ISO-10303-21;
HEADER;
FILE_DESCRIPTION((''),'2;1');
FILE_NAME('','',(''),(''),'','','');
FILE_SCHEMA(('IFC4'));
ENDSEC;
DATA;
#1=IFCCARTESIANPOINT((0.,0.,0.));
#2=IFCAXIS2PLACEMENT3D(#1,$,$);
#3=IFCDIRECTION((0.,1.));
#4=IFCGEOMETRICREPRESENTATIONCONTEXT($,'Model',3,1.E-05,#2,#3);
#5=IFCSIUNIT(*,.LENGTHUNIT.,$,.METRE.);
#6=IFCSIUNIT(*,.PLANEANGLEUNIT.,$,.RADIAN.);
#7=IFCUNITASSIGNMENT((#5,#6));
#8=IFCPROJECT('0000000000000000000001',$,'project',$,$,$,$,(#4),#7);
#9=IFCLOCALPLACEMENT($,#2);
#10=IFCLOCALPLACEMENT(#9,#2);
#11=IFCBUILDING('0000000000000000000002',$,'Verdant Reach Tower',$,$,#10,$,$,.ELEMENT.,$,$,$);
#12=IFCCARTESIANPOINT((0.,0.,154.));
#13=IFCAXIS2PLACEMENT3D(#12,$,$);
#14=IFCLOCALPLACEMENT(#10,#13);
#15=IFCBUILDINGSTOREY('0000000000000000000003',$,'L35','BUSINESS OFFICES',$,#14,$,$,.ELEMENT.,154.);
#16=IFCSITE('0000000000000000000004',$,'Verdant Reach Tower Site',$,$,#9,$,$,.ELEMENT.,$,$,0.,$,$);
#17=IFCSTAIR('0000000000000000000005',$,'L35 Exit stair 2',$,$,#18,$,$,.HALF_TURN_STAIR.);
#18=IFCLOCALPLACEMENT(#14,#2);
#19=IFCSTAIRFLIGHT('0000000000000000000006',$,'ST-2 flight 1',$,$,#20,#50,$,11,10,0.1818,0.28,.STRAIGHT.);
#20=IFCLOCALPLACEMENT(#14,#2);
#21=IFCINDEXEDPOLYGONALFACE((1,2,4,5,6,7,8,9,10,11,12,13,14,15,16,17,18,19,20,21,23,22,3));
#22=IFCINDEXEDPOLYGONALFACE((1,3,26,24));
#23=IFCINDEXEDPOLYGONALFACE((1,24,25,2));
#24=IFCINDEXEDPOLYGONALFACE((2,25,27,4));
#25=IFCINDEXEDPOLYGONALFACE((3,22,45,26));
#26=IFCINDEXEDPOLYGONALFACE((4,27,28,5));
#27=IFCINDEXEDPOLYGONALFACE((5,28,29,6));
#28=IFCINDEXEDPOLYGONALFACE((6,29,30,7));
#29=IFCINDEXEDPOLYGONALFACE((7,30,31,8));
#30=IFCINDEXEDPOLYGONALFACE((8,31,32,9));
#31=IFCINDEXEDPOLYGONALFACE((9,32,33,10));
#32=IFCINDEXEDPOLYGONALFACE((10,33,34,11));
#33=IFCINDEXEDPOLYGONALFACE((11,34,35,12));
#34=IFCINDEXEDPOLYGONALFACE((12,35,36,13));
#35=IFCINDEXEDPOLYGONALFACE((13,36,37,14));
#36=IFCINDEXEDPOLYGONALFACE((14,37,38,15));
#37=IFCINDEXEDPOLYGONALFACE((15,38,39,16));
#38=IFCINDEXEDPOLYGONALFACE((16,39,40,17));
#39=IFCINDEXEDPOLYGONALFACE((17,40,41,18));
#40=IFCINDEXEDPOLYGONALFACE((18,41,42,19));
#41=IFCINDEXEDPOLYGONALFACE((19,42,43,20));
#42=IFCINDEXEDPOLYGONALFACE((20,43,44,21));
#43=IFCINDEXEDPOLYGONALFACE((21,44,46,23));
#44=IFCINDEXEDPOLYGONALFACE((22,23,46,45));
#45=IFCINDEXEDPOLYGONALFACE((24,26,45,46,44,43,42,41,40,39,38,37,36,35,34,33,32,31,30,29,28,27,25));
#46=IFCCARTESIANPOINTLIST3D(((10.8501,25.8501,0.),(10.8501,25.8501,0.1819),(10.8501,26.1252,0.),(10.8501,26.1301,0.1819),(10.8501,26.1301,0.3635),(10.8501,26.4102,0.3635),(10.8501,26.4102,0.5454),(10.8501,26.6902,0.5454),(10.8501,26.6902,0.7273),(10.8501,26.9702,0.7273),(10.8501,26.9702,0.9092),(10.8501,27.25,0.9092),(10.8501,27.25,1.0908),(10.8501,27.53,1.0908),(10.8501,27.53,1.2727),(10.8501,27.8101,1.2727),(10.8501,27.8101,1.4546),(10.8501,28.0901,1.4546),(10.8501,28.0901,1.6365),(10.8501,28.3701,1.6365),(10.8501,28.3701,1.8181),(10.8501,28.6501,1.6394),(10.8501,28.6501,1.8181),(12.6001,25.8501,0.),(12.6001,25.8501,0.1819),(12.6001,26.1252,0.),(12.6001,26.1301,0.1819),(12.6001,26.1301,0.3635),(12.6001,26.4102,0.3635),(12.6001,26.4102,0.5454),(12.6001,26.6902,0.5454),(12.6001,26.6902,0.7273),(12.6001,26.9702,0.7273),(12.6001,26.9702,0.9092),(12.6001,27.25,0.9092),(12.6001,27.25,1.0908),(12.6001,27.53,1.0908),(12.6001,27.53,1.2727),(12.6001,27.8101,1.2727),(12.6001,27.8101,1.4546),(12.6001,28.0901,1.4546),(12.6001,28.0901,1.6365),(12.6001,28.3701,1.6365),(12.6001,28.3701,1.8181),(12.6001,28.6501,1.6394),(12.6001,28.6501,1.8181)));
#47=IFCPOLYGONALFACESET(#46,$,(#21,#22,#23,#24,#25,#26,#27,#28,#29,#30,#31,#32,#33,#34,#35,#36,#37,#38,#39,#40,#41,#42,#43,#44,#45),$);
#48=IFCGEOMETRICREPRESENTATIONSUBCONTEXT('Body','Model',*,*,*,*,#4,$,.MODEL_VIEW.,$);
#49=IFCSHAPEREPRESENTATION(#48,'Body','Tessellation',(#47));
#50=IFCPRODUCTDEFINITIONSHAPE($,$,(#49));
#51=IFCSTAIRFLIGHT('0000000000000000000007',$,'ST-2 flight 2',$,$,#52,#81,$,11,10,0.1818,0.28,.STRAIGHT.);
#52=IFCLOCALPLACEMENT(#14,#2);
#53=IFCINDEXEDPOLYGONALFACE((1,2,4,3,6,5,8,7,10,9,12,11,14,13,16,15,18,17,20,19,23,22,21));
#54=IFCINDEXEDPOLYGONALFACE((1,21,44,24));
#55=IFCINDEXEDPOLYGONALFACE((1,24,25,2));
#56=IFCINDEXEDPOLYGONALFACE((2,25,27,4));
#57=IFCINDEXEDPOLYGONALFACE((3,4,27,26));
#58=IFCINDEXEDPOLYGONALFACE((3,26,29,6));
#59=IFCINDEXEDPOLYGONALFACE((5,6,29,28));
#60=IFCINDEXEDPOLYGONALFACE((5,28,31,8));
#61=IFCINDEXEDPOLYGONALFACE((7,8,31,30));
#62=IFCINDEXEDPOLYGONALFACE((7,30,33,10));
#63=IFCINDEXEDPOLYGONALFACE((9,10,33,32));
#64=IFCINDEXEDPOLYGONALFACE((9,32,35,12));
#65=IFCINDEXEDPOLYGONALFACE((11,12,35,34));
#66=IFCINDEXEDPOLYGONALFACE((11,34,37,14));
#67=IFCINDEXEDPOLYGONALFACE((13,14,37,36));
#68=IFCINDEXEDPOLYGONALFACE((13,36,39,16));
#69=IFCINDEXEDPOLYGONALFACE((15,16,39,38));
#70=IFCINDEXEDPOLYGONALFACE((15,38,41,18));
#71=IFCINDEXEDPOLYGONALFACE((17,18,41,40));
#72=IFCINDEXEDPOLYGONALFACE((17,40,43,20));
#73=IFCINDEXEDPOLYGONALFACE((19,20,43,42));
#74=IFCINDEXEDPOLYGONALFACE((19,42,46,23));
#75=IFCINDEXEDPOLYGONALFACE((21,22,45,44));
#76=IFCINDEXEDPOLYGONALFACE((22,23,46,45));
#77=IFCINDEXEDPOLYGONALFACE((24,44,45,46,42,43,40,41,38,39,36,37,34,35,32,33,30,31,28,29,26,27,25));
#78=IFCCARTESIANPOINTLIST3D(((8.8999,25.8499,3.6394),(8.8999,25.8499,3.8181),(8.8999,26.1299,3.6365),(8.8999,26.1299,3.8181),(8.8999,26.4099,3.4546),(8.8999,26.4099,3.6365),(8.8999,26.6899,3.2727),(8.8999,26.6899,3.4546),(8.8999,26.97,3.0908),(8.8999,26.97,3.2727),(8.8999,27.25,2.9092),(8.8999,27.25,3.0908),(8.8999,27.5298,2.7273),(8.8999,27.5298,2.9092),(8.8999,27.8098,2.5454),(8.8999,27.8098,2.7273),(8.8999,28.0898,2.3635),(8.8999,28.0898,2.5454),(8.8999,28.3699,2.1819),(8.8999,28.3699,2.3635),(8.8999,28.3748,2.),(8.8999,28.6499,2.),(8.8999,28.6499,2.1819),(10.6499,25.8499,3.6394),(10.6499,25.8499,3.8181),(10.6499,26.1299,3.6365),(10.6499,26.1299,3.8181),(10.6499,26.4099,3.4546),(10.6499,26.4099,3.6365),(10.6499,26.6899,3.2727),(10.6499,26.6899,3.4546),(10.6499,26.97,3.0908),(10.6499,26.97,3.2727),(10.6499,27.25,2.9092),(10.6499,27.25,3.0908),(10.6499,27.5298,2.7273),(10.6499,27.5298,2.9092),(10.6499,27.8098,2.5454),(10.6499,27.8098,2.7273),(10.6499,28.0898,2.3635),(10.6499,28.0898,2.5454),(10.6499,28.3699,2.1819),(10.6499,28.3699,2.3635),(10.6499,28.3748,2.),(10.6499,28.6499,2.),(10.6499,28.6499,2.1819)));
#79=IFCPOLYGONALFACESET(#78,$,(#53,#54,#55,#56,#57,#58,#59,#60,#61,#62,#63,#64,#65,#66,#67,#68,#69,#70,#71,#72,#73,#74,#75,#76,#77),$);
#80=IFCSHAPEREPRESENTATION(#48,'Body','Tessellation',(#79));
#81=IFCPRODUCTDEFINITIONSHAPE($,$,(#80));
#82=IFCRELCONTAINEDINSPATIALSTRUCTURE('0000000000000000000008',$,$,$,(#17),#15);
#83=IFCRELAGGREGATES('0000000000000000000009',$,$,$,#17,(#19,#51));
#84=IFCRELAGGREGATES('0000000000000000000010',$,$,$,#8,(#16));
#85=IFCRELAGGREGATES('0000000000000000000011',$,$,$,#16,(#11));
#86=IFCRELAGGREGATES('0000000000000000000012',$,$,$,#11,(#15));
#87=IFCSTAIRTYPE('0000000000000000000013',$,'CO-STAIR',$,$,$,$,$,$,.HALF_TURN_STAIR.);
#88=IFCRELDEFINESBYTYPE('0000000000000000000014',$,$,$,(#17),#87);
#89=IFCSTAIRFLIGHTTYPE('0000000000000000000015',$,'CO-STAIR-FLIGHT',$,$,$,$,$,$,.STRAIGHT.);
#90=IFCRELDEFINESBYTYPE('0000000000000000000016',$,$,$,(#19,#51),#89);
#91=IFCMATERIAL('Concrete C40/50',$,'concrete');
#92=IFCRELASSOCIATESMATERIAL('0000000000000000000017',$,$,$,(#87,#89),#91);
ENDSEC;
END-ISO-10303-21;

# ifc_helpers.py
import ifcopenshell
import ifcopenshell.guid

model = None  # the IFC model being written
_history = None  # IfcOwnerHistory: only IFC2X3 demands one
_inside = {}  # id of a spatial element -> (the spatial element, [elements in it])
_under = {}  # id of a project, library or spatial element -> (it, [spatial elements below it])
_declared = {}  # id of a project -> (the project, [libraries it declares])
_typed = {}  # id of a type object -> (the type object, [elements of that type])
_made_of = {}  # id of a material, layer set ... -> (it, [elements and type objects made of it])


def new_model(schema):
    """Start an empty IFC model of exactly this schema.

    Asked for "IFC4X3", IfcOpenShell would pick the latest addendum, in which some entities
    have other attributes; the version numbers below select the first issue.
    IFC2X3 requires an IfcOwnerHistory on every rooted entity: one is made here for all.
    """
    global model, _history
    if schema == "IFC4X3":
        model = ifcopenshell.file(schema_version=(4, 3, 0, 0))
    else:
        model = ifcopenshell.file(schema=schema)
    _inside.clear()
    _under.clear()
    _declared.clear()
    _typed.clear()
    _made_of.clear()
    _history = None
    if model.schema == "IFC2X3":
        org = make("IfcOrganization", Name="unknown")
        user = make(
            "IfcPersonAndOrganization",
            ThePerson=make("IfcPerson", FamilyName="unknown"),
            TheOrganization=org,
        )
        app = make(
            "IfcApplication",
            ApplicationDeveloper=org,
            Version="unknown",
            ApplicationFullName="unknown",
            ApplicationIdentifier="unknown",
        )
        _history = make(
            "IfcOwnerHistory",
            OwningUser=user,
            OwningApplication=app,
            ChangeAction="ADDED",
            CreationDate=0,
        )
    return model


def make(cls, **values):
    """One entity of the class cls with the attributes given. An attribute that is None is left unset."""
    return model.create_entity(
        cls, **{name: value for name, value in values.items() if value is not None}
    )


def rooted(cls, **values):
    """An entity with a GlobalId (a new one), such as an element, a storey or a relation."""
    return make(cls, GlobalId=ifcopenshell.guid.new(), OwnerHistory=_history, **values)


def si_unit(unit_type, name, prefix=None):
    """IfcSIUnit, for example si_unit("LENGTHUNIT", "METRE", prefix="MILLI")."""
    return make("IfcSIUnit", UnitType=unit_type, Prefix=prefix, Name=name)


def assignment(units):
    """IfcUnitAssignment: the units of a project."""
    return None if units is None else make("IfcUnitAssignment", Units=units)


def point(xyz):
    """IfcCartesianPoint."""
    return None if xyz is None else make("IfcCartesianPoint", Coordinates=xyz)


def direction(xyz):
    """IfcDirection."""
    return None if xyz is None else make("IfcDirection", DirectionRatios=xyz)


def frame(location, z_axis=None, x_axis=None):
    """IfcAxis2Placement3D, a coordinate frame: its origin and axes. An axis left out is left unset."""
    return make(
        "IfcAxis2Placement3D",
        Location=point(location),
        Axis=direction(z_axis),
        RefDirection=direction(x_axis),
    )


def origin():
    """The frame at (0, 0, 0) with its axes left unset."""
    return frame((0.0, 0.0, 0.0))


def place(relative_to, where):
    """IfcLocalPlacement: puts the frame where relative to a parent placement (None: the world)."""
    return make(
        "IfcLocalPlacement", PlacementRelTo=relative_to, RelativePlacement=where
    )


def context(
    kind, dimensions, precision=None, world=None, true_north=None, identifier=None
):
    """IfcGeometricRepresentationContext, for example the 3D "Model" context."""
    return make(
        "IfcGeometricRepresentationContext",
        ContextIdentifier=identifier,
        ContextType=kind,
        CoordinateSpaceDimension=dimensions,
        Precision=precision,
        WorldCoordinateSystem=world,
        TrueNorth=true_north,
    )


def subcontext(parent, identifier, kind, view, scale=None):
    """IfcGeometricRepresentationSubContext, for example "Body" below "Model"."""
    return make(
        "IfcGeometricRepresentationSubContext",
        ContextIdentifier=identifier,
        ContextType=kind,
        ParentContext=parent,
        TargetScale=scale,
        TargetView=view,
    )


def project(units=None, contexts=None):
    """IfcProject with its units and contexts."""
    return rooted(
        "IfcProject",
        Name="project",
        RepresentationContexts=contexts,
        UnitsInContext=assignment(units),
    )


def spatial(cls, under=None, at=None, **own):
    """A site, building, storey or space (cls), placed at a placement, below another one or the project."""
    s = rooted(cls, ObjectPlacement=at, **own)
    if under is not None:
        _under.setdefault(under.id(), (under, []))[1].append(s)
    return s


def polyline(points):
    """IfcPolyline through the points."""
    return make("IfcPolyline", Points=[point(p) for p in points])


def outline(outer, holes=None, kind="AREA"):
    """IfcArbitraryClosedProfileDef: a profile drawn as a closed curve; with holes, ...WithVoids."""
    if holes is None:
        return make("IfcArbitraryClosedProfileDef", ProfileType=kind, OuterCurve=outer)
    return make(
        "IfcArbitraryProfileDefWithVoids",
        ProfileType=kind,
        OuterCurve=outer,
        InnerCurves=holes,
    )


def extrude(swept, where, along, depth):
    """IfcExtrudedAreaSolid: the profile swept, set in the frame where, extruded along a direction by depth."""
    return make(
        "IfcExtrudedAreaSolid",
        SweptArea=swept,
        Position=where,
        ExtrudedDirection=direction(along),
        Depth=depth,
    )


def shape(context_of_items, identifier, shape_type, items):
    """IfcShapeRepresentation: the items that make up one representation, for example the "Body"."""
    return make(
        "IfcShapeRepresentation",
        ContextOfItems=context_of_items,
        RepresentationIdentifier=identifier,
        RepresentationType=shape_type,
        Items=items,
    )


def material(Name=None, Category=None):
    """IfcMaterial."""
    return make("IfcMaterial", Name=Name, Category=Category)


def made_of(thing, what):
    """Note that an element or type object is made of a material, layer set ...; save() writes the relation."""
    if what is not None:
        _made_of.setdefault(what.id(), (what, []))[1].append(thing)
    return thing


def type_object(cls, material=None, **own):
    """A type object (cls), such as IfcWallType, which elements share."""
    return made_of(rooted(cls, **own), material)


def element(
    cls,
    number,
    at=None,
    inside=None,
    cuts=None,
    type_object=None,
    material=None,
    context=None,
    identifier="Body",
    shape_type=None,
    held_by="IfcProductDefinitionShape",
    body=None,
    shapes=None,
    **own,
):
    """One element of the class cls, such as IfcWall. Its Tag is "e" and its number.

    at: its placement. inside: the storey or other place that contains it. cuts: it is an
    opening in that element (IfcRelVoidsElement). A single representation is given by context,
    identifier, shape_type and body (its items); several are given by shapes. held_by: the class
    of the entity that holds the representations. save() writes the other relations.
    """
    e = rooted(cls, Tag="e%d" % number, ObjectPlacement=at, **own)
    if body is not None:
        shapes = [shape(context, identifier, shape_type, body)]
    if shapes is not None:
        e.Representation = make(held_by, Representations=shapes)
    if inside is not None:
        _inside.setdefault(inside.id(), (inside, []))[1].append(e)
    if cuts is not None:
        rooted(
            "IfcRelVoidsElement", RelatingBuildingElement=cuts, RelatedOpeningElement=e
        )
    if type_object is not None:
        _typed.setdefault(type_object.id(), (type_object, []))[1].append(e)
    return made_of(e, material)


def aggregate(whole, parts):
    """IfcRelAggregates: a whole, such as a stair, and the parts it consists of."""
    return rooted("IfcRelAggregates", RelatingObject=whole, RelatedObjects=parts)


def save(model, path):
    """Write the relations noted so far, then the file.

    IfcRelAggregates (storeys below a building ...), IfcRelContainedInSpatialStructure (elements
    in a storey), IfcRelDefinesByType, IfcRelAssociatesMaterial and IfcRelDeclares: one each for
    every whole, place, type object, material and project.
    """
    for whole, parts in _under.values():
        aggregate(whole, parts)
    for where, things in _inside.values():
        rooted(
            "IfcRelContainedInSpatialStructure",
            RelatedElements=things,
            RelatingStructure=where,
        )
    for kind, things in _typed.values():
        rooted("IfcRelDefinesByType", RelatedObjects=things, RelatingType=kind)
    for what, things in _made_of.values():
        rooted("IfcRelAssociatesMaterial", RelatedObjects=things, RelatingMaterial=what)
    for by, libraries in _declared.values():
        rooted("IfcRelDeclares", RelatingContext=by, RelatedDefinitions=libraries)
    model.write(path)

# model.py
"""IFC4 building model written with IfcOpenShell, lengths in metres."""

from ifc_helpers import new_model, si_unit, direction, frame, origin, place, context, subcontext, project, spatial, polyline, outline, extrude, material, type_object, element, aggregate, save


model = new_model("IFC4")

# Units and contexts
model_context = context("Model", 3, precision=1e-05, world=origin(), true_north=direction((0.0, 1.0)))
body_context = subcontext(model_context, "Body", "Model", "MODEL_VIEW")
ifc_project = project(units=[si_unit("LENGTHUNIT", "METRE"), si_unit("PLANEANGLEUNIT", "RADIAN")], contexts=[model_context])

# Site, building, storey
site_placement = place(None, origin())
site = spatial("IfcSite", under=ifc_project, at=site_placement, Name="Verdant Reach Tower Site", CompositionType="ELEMENT", RefElevation=0.0)
building_placement = place(site_placement, origin())
building = spatial("IfcBuilding", under=site, at=building_placement, Name="Verdant Reach Tower", CompositionType="ELEMENT")
storey_placement = place(building_placement, frame((0.0, 0.0, 154.0)))
storey = spatial("IfcBuildingStorey", under=building, at=storey_placement, Name="L35", Description="BUSINESS OFFICES", CompositionType="ELEMENT", Elevation=154.0)

# Shared definitions
ifc_material_1 = material(Name="Concrete C40/50", Category="concrete")

# Stair, stair flights
stair_type = type_object("IfcStairType", Name="CO-STAIR", PredefinedType="HALF_TURN_STAIR", material=ifc_material_1)
stair_placement = place(storey_placement, origin())
stair = element("IfcStair", 1, at=stair_placement, inside=storey, type_object=stair_type, Name="L35 Exit stair 2", PredefinedType="HALF_TURN_STAIR")
stair_flight_type = type_object("IfcStairFlightType", Name="CO-STAIR-FLIGHT", PredefinedType="STRAIGHT", material=ifc_material_1)
stair_flight_1_placement = place(storey_placement, frame((11.7251, 25.8501, 0.0), z_axis=(0.0, 0.0, 1.0), x_axis=(0.0, 1.0, 0.0)))
stair_flight_1 = element("IfcStairFlight", 2, at=stair_flight_1_placement, type_object=stair_flight_type, Name="ST-2 flight 1", NumberOfRisers=11, NumberOfTreads=10, PredefinedType="STRAIGHT", RiserHeight=0.1818, TreadLength=0.28, context=body_context, shape_type="SweptSolid", body=[
    extrude(outline(polyline([(0.0, 0.0), (0.0, 0.1819), (0.28, 0.1819), (0.28, 0.3635), (0.5601, 0.3635), (0.5601, 0.5454), (0.8401, 0.5454), (0.8401, 0.7273), (1.1201, 0.7273), (1.1201, 0.9092), (1.3999, 0.9092), (1.3999, 1.0908), (1.6799, 1.0908), (1.6799, 1.2727), (1.96, 1.2727), (1.96, 1.4546), (2.24, 1.4546), (2.24, 1.6365), (2.52, 1.6365), (2.52, 1.8181), (2.8, 1.8181), (2.8, 2.0), (2.8, 1.6394), (0.2751, 0.0), (0.0, 0.0)])), frame((0.0, 0.875, 0.0), z_axis=(0.0, -1.0, 0.0), x_axis=(1.0, 0.0, 0.0)), (0.0, 0.0, 1.0), 1.75),
])
stair_flight_2_placement = place(storey_placement, frame((9.7749, 28.6499, 2.0), z_axis=(0.0, 0.0, 1.0), x_axis=(0.0, -1.0, 0.0)))
stair_flight_2 = element("IfcStairFlight", 3, at=stair_flight_2_placement, type_object=stair_flight_type, Name="ST-2 flight 2", NumberOfRisers=11, NumberOfTreads=10, PredefinedType="STRAIGHT", RiserHeight=0.1818, TreadLength=0.28, context=body_context, shape_type="SweptSolid", body=[
    extrude(outline(polyline([(0.0, 0.0), (0.0, 0.1819), (0.28, 0.1819), (0.28, 0.3635), (0.5601, 0.3635), (0.5601, 0.5454), (0.8401, 0.5454), (0.8401, 0.7273), (1.1201, 0.7273), (1.1201, 0.9092), (1.3999, 0.9092), (1.3999, 1.0908), (1.6799, 1.0908), (1.6799, 1.2727), (1.96, 1.2727), (1.96, 1.4546), (2.24, 1.4546), (2.24, 1.6365), (2.52, 1.6365), (2.52, 1.8181), (2.8, 1.8181), (2.8, 2.0), (2.8, 1.6394), (0.2751, 0.0), (0.0, 0.0)])), frame((0.0, 0.875, 0.0), z_axis=(0.0, -1.0, 0.0), x_axis=(1.0, 0.0, 0.0)), (0.0, 0.0, 1.0), 1.75),
])
aggregate(stair, [stair_flight_1, stair_flight_2])

save(model, "model.ifc")
